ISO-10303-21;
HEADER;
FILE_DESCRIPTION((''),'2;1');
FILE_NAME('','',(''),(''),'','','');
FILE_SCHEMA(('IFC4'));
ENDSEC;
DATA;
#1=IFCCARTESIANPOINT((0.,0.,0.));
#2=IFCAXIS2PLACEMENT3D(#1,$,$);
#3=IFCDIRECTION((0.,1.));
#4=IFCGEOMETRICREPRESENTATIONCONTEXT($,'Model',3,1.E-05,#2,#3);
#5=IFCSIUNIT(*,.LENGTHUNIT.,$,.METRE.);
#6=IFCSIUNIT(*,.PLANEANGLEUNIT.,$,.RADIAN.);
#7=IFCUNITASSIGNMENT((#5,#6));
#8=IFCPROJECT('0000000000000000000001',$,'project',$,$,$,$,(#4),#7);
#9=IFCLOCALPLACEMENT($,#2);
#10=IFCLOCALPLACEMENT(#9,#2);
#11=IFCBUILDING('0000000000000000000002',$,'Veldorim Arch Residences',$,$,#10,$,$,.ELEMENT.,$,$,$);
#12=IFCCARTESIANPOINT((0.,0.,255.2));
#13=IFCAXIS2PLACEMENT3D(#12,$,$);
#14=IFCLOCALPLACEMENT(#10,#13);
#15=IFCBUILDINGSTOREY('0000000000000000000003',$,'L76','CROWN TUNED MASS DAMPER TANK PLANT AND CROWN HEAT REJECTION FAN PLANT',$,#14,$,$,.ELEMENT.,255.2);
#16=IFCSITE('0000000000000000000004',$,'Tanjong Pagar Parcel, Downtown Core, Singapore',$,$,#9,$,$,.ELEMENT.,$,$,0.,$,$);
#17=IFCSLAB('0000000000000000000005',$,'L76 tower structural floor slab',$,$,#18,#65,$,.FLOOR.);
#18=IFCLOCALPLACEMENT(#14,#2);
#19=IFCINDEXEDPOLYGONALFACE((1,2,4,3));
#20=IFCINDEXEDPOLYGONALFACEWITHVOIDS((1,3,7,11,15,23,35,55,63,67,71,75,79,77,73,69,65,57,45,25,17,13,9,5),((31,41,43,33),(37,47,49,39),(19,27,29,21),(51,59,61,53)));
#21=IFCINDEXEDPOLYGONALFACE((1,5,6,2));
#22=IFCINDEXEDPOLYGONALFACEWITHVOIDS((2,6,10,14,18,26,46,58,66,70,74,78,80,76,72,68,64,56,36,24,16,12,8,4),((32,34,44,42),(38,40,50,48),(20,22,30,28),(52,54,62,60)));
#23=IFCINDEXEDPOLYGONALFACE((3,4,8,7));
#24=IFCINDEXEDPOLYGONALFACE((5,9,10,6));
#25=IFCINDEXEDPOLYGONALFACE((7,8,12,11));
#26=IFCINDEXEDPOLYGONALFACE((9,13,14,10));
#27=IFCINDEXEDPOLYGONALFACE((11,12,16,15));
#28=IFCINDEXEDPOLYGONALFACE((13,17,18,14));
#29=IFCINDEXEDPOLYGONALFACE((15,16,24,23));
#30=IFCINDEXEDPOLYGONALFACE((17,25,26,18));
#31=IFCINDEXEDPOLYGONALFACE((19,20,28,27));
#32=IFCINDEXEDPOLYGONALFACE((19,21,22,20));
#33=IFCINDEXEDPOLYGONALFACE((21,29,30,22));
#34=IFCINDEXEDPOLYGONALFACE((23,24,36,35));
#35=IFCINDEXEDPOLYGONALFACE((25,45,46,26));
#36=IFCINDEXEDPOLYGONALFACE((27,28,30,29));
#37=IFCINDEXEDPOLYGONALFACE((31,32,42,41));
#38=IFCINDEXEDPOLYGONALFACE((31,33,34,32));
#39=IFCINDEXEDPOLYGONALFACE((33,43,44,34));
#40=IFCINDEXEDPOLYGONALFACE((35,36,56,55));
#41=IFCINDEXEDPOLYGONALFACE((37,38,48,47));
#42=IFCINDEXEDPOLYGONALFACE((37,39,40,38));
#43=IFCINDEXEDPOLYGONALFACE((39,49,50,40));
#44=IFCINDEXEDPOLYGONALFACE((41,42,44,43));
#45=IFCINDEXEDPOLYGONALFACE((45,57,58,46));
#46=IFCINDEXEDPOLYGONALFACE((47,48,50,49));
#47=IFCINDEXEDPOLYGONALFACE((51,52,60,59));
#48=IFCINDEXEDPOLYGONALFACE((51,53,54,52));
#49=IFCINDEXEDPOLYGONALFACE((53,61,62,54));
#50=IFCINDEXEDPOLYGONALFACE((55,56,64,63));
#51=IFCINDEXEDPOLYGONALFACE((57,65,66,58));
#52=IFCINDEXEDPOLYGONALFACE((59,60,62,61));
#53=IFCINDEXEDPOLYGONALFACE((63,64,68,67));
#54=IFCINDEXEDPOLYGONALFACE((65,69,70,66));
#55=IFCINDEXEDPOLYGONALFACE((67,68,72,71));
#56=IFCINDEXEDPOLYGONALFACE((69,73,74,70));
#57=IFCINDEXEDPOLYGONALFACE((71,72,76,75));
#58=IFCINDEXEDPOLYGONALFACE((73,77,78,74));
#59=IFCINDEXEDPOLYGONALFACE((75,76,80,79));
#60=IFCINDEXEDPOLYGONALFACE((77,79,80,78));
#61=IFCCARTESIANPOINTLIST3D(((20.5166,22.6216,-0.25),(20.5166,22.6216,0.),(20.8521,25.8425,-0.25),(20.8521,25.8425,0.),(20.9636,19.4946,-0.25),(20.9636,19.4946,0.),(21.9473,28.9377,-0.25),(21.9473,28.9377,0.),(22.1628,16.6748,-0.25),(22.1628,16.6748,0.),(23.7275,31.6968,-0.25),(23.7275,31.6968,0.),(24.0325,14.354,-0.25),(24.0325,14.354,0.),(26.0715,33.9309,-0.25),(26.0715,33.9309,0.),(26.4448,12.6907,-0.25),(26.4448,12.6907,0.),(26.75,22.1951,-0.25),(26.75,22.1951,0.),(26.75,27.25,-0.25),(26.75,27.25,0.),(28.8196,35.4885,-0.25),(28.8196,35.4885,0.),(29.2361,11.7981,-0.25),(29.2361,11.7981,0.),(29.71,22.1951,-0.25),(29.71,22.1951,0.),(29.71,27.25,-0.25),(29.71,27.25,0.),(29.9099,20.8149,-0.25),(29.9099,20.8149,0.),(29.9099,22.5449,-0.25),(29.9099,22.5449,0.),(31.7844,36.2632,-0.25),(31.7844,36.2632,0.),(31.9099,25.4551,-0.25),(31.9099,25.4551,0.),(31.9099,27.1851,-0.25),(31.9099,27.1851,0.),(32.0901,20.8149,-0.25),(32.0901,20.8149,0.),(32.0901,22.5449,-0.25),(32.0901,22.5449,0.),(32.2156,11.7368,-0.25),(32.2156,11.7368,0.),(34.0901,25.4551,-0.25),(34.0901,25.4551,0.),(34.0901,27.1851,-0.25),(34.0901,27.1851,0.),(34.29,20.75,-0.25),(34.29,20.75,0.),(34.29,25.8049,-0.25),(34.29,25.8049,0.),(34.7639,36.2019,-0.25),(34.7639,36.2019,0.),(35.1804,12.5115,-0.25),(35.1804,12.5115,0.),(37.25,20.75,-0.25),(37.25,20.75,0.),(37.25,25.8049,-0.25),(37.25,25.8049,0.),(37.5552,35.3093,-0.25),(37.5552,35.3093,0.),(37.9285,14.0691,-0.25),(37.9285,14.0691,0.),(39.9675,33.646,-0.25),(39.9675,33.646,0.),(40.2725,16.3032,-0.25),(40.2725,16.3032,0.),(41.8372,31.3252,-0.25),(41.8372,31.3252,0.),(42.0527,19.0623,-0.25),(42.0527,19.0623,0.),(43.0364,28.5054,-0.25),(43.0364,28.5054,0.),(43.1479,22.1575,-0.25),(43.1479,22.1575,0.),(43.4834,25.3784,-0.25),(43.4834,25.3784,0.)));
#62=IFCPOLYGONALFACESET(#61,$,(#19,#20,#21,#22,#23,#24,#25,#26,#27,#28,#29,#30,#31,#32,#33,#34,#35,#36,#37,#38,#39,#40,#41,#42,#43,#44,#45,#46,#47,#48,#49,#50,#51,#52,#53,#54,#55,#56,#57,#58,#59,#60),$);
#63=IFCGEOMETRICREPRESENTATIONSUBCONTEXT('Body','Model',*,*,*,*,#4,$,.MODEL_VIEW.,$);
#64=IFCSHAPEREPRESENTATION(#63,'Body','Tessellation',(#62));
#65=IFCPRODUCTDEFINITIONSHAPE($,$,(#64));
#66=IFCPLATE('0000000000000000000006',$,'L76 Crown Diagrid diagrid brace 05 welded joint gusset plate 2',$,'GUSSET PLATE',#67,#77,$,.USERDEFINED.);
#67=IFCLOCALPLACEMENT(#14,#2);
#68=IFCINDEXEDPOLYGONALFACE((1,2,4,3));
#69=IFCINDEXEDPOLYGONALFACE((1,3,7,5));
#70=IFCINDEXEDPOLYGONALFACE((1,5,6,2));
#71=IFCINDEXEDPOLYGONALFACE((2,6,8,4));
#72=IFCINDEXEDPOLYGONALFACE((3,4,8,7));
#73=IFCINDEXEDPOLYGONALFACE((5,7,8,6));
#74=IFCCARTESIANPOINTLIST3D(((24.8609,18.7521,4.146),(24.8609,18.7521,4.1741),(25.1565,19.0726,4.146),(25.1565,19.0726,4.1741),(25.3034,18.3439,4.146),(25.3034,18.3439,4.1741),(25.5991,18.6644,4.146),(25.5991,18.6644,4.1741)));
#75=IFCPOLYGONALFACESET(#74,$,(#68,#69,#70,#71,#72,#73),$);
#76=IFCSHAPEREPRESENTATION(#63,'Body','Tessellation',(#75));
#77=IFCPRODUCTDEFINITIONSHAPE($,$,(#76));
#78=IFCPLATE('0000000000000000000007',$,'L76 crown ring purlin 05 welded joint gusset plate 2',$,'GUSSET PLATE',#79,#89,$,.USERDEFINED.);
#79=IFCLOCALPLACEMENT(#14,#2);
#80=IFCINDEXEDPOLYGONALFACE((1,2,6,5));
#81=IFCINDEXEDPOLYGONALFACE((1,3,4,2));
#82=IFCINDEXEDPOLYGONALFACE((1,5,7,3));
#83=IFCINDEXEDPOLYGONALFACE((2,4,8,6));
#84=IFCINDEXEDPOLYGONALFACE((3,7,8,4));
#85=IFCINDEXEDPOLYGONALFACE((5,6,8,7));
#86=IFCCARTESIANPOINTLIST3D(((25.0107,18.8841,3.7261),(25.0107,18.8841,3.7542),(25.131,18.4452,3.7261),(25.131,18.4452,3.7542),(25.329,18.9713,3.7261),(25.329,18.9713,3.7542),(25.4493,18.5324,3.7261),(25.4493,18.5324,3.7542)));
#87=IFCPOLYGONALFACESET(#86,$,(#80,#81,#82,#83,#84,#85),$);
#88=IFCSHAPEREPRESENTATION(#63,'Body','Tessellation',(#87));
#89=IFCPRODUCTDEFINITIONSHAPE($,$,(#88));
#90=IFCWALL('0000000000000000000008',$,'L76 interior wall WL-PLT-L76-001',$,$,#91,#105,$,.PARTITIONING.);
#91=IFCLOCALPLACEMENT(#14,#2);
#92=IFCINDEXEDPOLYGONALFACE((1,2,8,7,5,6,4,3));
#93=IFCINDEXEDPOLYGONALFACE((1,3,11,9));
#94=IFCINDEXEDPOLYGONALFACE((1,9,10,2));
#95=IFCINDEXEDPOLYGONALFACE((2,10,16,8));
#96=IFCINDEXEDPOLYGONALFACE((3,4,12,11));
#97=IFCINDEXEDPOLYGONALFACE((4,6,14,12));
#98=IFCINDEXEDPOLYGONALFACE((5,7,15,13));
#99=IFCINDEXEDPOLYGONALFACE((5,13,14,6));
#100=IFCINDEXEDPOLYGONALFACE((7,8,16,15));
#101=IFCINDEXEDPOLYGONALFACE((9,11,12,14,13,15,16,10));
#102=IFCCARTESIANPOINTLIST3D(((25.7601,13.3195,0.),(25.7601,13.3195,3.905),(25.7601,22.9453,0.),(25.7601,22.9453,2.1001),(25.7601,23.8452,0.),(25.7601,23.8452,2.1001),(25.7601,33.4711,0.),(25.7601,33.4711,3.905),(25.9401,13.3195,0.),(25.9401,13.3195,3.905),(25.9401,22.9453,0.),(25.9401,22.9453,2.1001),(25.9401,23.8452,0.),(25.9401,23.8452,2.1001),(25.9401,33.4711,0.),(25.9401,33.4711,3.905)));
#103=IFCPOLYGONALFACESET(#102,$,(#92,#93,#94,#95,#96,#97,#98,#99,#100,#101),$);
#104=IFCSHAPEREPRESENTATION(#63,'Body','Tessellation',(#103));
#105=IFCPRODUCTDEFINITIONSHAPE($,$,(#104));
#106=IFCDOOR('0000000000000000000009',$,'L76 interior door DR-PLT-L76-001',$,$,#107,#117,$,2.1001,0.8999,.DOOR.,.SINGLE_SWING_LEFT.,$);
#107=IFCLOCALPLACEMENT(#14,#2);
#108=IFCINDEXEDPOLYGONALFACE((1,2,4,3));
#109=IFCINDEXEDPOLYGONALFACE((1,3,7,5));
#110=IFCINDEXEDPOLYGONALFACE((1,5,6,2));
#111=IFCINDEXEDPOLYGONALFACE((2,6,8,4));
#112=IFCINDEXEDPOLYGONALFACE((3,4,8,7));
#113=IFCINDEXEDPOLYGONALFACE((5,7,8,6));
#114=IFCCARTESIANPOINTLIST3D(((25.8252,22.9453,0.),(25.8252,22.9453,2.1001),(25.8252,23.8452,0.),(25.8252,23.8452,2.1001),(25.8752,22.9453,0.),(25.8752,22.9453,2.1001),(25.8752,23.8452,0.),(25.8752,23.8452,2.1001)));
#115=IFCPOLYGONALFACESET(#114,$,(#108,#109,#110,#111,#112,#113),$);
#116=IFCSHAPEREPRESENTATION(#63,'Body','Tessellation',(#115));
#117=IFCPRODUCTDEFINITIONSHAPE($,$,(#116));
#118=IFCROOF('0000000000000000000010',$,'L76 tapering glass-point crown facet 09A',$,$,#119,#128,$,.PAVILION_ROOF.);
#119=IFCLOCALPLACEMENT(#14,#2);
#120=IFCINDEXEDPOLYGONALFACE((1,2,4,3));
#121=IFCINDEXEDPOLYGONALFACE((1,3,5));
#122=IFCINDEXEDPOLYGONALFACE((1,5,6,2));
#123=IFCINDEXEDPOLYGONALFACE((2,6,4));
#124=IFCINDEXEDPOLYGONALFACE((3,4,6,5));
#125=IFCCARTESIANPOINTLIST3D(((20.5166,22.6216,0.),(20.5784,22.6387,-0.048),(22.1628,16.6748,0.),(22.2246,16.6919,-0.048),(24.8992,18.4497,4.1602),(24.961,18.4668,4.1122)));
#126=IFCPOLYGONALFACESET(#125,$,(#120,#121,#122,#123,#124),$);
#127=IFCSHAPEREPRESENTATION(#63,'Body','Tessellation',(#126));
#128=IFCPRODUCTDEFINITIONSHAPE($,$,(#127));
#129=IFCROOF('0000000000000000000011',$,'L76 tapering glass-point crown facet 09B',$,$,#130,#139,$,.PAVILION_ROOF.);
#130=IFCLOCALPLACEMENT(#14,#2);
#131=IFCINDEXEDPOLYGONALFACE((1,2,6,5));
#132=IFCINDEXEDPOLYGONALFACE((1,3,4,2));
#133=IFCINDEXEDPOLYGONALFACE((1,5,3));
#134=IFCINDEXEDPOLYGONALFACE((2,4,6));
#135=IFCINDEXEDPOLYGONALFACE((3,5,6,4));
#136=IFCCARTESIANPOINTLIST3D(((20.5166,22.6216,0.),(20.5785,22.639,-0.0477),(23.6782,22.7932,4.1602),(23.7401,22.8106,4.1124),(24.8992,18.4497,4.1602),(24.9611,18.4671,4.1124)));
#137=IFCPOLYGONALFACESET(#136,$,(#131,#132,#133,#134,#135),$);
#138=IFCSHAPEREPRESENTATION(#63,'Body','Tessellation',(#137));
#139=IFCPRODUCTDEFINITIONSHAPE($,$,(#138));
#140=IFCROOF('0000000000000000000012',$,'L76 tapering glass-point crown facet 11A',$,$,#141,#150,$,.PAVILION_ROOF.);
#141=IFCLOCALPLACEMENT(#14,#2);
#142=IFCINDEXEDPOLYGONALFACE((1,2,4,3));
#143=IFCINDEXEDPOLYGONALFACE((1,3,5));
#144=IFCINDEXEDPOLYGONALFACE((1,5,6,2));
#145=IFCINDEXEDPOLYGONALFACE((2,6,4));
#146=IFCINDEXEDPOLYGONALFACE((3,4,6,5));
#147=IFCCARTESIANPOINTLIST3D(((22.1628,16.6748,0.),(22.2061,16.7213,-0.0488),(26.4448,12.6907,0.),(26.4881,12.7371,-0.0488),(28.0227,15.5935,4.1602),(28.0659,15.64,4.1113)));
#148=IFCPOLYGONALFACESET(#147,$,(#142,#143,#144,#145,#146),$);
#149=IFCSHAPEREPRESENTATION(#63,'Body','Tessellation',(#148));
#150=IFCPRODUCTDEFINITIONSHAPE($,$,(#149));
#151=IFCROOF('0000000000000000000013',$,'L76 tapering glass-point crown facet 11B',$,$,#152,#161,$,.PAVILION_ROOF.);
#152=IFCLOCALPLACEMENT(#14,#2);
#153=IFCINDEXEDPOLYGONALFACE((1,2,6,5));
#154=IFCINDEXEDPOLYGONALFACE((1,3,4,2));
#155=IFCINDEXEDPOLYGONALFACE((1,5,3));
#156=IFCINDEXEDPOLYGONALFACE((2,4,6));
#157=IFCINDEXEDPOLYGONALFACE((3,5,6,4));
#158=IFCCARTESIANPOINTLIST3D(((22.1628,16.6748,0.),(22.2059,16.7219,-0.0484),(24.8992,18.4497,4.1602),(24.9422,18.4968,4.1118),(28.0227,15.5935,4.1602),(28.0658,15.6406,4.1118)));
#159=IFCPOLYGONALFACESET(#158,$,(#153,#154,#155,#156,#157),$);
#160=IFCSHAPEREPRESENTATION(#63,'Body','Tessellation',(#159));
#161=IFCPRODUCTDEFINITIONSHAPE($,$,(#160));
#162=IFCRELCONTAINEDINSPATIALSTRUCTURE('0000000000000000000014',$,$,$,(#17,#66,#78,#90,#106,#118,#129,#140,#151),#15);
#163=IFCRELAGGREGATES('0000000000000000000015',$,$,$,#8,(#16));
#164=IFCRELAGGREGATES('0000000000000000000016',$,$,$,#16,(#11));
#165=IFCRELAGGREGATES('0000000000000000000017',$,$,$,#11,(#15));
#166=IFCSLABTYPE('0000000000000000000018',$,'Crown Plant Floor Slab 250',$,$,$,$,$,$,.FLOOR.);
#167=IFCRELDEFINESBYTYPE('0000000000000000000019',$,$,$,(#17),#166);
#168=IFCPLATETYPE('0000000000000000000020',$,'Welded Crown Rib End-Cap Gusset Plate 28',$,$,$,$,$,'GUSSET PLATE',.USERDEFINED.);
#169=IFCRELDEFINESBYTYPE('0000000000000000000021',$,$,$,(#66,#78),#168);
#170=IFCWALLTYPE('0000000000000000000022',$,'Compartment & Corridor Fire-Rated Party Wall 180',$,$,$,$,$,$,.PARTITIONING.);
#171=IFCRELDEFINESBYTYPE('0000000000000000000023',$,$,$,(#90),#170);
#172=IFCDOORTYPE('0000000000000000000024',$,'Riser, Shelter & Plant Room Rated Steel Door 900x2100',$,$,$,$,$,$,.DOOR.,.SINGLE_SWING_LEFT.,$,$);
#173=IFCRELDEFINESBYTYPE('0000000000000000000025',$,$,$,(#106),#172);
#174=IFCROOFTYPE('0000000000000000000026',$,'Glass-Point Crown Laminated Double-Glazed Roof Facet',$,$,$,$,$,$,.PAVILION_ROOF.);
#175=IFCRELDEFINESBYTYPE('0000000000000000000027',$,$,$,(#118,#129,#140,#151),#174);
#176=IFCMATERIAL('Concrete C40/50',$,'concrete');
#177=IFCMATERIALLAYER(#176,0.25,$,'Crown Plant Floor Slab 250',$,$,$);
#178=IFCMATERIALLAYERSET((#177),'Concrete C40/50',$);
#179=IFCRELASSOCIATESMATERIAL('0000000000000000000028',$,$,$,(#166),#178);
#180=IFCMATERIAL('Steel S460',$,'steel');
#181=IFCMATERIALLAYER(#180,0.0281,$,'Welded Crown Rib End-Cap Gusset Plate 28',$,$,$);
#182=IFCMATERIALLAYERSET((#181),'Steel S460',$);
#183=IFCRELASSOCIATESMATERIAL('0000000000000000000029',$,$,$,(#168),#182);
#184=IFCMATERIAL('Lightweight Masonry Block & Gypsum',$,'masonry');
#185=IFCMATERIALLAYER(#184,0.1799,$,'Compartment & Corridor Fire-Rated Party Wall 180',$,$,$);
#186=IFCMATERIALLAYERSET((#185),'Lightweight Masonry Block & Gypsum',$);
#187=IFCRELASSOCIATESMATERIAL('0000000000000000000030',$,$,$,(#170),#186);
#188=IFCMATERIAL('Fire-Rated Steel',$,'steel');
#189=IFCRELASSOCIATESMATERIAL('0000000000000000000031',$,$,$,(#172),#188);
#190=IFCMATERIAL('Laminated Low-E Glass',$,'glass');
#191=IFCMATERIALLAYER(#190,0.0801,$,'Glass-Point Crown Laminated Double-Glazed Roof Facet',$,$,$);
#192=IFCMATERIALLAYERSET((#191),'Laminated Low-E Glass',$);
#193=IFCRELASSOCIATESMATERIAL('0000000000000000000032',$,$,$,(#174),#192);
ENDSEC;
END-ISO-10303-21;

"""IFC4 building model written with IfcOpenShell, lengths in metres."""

from ifc_helpers import new_model, si_unit, direction, frame, frame_2d, origin, origin_2d, place, context, subcontext, project, spatial, polyline, rectangle, outline, extrude, material, layer, layer_set, type_object, element, fill, save


model = new_model("IFC4")

# Units and contexts
model_context = context("Model", 3, precision=1e-05, world=origin(), true_north=direction((0.0, 1.0)))
body_context = subcontext(model_context, "Body", "Model", "MODEL_VIEW")
ifc_project = project(units=[si_unit("LENGTHUNIT", "METRE"), si_unit("PLANEANGLEUNIT", "RADIAN")], contexts=[model_context])

# Site, building, storey
site_placement = place(None, origin())
site = spatial("IfcSite", under=ifc_project, at=site_placement, Name="Tanjong Pagar Parcel, Downtown Core, Singapore", CompositionType="ELEMENT", RefElevation=0.0)
building_placement = place(site_placement, origin())
building = spatial("IfcBuilding", under=site, at=building_placement, Name="Veldorim Arch Residences", CompositionType="ELEMENT")
storey_placement = place(building_placement, frame((0.0, 0.0, 255.2)))
storey = spatial("IfcBuildingStorey", under=building, at=storey_placement, Name="L76", Description="CROWN TUNED MASS DAMPER TANK PLANT AND CROWN HEAT REJECTION FAN PLANT", CompositionType="ELEMENT", Elevation=255.2)

# Slab
ifc_material_1 = material(Name="Concrete C40/50", Category="concrete")
ifc_layer_1 = layer(ifc_material_1, 0.25, Name="Crown Plant Floor Slab 250")
ifc_layer_set_1 = layer_set([ifc_layer_1], Name="Concrete C40/50")
slab_type_1 = type_object("IfcSlabType", Name="Crown Plant Floor Slab 250", PredefinedType="FLOOR", material=ifc_layer_set_1)
slab_1_placement = place(storey_placement, frame((0.0, 0.0, -0.25)))
element("IfcSlab", 1, at=slab_1_placement, inside=storey, type_object=slab_type_1, Name="L76 tower structural floor slab", PredefinedType="FLOOR", context=body_context, shape_type="SweptSolid", body=[
    extrude(outline(polyline([(37.5552, 35.3093), (34.7639, 36.2019), (31.7844, 36.2632), (28.8196, 35.4885), (26.0715, 33.9309), (23.7275, 31.6968), (21.9473, 28.9377), (20.8521, 25.8425), (20.5166, 22.6216), (20.9636, 19.4946), (22.1628, 16.6748), (24.0325, 14.354), (26.4448, 12.6907), (29.2361, 11.7981), (32.2156, 11.7368), (35.1804, 12.5115), (37.9285, 14.0691), (40.2725, 16.3032), (42.0527, 19.0623), (43.1479, 22.1575), (43.4834, 25.3784), (43.0364, 28.5054), (41.8372, 31.3252), (39.9675, 33.646), (37.5552, 35.3093)]), holes=[polyline([(32.0901, 20.8149), (29.9099, 20.8149), (29.9099, 22.5449), (32.0901, 22.5449), (32.0901, 20.8149)]), polyline([(37.25, 20.75), (34.29, 20.75), (34.29, 25.8049), (37.25, 25.8049), (37.25, 20.75)]), polyline([(29.71, 22.1951), (26.75, 22.1951), (26.75, 27.25), (29.71, 27.25), (29.71, 22.1951)]), polyline([(34.0901, 25.4551), (31.9099, 25.4551), (31.9099, 27.1851), (34.0901, 27.1851), (34.0901, 25.4551)])]), origin(), (0.0, 0.0, 1.0), 0.25),
])

# Plates
ifc_material_2 = material(Name="Steel S460", Category="steel")
ifc_layer_2 = layer(ifc_material_2, 0.0281, Name="Welded Crown Rib End-Cap Gusset Plate 28")
ifc_layer_set_2 = layer_set([ifc_layer_2], Name="Steel S460")
plate_type = type_object("IfcPlateType", Name="Welded Crown Rib End-Cap Gusset Plate 28", ElementType="GUSSET PLATE", PredefinedType="USERDEFINED", material=ifc_layer_set_2)
plate_1_placement = place(storey_placement, frame((25.23, 18.7083, 4.146), z_axis=(0.0, 0.0, 1.0), x_axis=(0.735021, -0.678044, 0.0)))
element("IfcPlate", 2, at=plate_1_placement, inside=storey, type_object=plate_type, Name="L76 Crown Diagrid diagrid brace 05 welded joint gusset plate 2", ObjectType="GUSSET PLATE", PredefinedType="USERDEFINED", context=body_context, shape_type="SweptSolid", body=[
    extrude(rectangle(XDim=0.6021, YDim=0.436, at=origin_2d()), origin(), (0.0, 0.0, 1.0), 0.0281),
])
plate_2_placement = place(storey_placement, frame((25.23, 18.7083, 3.7261), z_axis=(0.0, 0.0, 1.0), x_axis=(0.264328, -0.964433, 0.0)))
element("IfcPlate", 3, at=plate_2_placement, inside=storey, type_object=plate_type, Name="L76 crown ring purlin 05 welded joint gusset plate 2", ObjectType="GUSSET PLATE", PredefinedType="USERDEFINED", context=body_context, shape_type="SweptSolid", body=[
    extrude(rectangle(XDim=0.4551, YDim=0.3301, at=origin_2d()), origin(), (0.0, 0.0, 1.0), 0.0281),
])

# Wall, opening, door
ifc_material_3 = material(Name="Lightweight Masonry Block & Gypsum", Category="masonry")
ifc_layer_3 = layer(ifc_material_3, 0.1799, Name="Compartment & Corridor Fire-Rated Party Wall 180")
ifc_layer_set_3 = layer_set([ifc_layer_3], Name="Lightweight Masonry Block & Gypsum")
wall_type = type_object("IfcWallType", Name="Compartment & Corridor Fire-Rated Party Wall 180", PredefinedType="PARTITIONING", material=ifc_layer_set_3)
wall_placement = place(storey_placement, frame((25.8501, 13.3196, 0.0), z_axis=(0.0, 0.0, 1.0), x_axis=(0.0, 1.0, 0.0)))
wall = element("IfcWall", 4, at=wall_placement, inside=storey, type_object=wall_type, Name="L76 interior wall WL-PLT-L76-001", PredefinedType="PARTITIONING", context=body_context, shape_type="SweptSolid", body=[
    extrude(rectangle(XDim=20.1516, YDim=0.1799, at=frame_2d((10.0757, 0.0))), origin(), (0.0, 0.0, 1.0), 3.905),
])
opening_placement = place(wall_placement, frame((9.6257, 0.0, 0.0)))
opening = element("IfcOpeningElement", 5, at=opening_placement, cuts=wall, PredefinedType="OPENING", context=body_context, shape_type="SweptSolid", body=[
    extrude(rectangle(XDim=0.8999, YDim=2.1001, at=frame_2d((0.45, 1.05))), frame((0.0, 0.0999, 0.0), z_axis=(0.0, -1.0, 0.0), x_axis=(1.0, 0.0, 0.0)), (0.0, 0.0, 1.0), 0.2),
])
ifc_material_4 = material(Name="Fire-Rated Steel", Category="steel")
door_type = type_object("IfcDoorType", Name="Riser, Shelter & Plant Room Rated Steel Door 900x2100", OperationType="SINGLE_SWING_LEFT", PredefinedType="DOOR", material=ifc_material_4)
door_placement = place(opening_placement, origin())
door = element("IfcDoor", 6, at=door_placement, inside=storey, type_object=door_type, Name="L76 interior door DR-PLT-L76-001", OperationType="SINGLE_SWING_LEFT", OverallHeight=2.1001, OverallWidth=0.8999, PredefinedType="DOOR", context=body_context, shape_type="SweptSolid", body=[
    extrude(rectangle(XDim=0.8999, YDim=2.1001, at=frame_2d((0.45, 1.05))), frame((0.0, 0.0249, 0.0), z_axis=(0.0, -1.0, 0.0), x_axis=(1.0, 0.0, 0.0)), (0.0, 0.0, 1.0), 0.05),
])
fill(opening, door)

# Roofs
ifc_material_5 = material(Name="Laminated Low-E Glass", Category="glass")
ifc_layer_4 = layer(ifc_material_5, 0.0801, Name="Glass-Point Crown Laminated Double-Glazed Roof Facet")
ifc_layer_set_4 = layer_set([ifc_layer_4], Name="Laminated Low-E Glass")
roof_type = type_object("IfcRoofType", Name="Glass-Point Crown Laminated Double-Glazed Roof Facet", PredefinedType="PAVILION_ROOF", material=ifc_layer_set_4)
roof_1_placement = place(storey_placement, frame((20.5166, 22.6216, 0.0), z_axis=(-0.771842, -0.213668, 0.598837), x_axis=(0.266795, -0.963753, 0.0)))
element("IfcRoof", 7, at=roof_1_placement, inside=storey, type_object=roof_type, Name="L76 tapering glass-point crown facet 09A", PredefinedType="PAVILION_ROOF", context=body_context, shape_type="SweptSolid", body=[
    extrude(outline(polyline([(0.0, 0.0), (6.1704, 0.0), (5.1899, 5.1945), (0.0, 0.0)])), origin(), (0.0, 0.0, -1.0), 0.0801),
])
roof_2_placement = place(storey_placement, frame((20.5166, 22.6216, 0.0), z_axis=(-0.772819, -0.217237, 0.596287), x_axis=(0.596843, -0.56815, 0.566554)))
element("IfcRoof", 8, at=roof_2_placement, inside=storey, type_object=roof_type, Name="L76 tapering glass-point crown facet 09B", PredefinedType="PAVILION_ROOF", context=body_context, shape_type="SweptSolid", body=[
    extrude(outline(polyline([(0.0, 0.0), (7.3429, 0.0), (4.1464, 3.1842), (0.0, 0.0)])), origin(), (0.0, 0.0, -1.0), 0.0801),
])
roof_3_placement = place(storey_placement, frame((22.1628, 16.6748, 0.0), z_axis=(-0.53993, -0.580295, 0.609699), x_axis=(0.732111, -0.681186, 0.0)))
element("IfcRoof", 9, at=roof_3_placement, inside=storey, type_object=roof_type, Name="L76 tapering glass-point crown facet 11A", PredefinedType="PAVILION_ROOF", context=body_context, shape_type="SweptSolid", body=[
    extrude(outline(polyline([(0.0, 0.0), (5.8488, 0.0), (5.0266, 5.2485), (0.0, 0.0)])), origin(), (0.0, 0.0, -1.0), 0.0801),
])
roof_4_placement = place(storey_placement, frame((22.1628, 16.6748, 0.0), z_axis=(-0.537599, -0.587917, 0.604435), x_axis=(0.806329, -0.148789, 0.572446)))
element("IfcRoof", 10, at=roof_4_placement, inside=storey, type_object=roof_type, Name="L76 tapering glass-point crown facet 11B", PredefinedType="PAVILION_ROOF", context=body_context, shape_type="SweptSolid", body=[
    extrude(outline(polyline([(0.0, 0.0), (7.2673, 0.0), (4.3238, 3.0413), (0.0, 0.0)])), origin(), (0.0, 0.0, -1.0), 0.0801),
])

save(model, "model.ifc")
